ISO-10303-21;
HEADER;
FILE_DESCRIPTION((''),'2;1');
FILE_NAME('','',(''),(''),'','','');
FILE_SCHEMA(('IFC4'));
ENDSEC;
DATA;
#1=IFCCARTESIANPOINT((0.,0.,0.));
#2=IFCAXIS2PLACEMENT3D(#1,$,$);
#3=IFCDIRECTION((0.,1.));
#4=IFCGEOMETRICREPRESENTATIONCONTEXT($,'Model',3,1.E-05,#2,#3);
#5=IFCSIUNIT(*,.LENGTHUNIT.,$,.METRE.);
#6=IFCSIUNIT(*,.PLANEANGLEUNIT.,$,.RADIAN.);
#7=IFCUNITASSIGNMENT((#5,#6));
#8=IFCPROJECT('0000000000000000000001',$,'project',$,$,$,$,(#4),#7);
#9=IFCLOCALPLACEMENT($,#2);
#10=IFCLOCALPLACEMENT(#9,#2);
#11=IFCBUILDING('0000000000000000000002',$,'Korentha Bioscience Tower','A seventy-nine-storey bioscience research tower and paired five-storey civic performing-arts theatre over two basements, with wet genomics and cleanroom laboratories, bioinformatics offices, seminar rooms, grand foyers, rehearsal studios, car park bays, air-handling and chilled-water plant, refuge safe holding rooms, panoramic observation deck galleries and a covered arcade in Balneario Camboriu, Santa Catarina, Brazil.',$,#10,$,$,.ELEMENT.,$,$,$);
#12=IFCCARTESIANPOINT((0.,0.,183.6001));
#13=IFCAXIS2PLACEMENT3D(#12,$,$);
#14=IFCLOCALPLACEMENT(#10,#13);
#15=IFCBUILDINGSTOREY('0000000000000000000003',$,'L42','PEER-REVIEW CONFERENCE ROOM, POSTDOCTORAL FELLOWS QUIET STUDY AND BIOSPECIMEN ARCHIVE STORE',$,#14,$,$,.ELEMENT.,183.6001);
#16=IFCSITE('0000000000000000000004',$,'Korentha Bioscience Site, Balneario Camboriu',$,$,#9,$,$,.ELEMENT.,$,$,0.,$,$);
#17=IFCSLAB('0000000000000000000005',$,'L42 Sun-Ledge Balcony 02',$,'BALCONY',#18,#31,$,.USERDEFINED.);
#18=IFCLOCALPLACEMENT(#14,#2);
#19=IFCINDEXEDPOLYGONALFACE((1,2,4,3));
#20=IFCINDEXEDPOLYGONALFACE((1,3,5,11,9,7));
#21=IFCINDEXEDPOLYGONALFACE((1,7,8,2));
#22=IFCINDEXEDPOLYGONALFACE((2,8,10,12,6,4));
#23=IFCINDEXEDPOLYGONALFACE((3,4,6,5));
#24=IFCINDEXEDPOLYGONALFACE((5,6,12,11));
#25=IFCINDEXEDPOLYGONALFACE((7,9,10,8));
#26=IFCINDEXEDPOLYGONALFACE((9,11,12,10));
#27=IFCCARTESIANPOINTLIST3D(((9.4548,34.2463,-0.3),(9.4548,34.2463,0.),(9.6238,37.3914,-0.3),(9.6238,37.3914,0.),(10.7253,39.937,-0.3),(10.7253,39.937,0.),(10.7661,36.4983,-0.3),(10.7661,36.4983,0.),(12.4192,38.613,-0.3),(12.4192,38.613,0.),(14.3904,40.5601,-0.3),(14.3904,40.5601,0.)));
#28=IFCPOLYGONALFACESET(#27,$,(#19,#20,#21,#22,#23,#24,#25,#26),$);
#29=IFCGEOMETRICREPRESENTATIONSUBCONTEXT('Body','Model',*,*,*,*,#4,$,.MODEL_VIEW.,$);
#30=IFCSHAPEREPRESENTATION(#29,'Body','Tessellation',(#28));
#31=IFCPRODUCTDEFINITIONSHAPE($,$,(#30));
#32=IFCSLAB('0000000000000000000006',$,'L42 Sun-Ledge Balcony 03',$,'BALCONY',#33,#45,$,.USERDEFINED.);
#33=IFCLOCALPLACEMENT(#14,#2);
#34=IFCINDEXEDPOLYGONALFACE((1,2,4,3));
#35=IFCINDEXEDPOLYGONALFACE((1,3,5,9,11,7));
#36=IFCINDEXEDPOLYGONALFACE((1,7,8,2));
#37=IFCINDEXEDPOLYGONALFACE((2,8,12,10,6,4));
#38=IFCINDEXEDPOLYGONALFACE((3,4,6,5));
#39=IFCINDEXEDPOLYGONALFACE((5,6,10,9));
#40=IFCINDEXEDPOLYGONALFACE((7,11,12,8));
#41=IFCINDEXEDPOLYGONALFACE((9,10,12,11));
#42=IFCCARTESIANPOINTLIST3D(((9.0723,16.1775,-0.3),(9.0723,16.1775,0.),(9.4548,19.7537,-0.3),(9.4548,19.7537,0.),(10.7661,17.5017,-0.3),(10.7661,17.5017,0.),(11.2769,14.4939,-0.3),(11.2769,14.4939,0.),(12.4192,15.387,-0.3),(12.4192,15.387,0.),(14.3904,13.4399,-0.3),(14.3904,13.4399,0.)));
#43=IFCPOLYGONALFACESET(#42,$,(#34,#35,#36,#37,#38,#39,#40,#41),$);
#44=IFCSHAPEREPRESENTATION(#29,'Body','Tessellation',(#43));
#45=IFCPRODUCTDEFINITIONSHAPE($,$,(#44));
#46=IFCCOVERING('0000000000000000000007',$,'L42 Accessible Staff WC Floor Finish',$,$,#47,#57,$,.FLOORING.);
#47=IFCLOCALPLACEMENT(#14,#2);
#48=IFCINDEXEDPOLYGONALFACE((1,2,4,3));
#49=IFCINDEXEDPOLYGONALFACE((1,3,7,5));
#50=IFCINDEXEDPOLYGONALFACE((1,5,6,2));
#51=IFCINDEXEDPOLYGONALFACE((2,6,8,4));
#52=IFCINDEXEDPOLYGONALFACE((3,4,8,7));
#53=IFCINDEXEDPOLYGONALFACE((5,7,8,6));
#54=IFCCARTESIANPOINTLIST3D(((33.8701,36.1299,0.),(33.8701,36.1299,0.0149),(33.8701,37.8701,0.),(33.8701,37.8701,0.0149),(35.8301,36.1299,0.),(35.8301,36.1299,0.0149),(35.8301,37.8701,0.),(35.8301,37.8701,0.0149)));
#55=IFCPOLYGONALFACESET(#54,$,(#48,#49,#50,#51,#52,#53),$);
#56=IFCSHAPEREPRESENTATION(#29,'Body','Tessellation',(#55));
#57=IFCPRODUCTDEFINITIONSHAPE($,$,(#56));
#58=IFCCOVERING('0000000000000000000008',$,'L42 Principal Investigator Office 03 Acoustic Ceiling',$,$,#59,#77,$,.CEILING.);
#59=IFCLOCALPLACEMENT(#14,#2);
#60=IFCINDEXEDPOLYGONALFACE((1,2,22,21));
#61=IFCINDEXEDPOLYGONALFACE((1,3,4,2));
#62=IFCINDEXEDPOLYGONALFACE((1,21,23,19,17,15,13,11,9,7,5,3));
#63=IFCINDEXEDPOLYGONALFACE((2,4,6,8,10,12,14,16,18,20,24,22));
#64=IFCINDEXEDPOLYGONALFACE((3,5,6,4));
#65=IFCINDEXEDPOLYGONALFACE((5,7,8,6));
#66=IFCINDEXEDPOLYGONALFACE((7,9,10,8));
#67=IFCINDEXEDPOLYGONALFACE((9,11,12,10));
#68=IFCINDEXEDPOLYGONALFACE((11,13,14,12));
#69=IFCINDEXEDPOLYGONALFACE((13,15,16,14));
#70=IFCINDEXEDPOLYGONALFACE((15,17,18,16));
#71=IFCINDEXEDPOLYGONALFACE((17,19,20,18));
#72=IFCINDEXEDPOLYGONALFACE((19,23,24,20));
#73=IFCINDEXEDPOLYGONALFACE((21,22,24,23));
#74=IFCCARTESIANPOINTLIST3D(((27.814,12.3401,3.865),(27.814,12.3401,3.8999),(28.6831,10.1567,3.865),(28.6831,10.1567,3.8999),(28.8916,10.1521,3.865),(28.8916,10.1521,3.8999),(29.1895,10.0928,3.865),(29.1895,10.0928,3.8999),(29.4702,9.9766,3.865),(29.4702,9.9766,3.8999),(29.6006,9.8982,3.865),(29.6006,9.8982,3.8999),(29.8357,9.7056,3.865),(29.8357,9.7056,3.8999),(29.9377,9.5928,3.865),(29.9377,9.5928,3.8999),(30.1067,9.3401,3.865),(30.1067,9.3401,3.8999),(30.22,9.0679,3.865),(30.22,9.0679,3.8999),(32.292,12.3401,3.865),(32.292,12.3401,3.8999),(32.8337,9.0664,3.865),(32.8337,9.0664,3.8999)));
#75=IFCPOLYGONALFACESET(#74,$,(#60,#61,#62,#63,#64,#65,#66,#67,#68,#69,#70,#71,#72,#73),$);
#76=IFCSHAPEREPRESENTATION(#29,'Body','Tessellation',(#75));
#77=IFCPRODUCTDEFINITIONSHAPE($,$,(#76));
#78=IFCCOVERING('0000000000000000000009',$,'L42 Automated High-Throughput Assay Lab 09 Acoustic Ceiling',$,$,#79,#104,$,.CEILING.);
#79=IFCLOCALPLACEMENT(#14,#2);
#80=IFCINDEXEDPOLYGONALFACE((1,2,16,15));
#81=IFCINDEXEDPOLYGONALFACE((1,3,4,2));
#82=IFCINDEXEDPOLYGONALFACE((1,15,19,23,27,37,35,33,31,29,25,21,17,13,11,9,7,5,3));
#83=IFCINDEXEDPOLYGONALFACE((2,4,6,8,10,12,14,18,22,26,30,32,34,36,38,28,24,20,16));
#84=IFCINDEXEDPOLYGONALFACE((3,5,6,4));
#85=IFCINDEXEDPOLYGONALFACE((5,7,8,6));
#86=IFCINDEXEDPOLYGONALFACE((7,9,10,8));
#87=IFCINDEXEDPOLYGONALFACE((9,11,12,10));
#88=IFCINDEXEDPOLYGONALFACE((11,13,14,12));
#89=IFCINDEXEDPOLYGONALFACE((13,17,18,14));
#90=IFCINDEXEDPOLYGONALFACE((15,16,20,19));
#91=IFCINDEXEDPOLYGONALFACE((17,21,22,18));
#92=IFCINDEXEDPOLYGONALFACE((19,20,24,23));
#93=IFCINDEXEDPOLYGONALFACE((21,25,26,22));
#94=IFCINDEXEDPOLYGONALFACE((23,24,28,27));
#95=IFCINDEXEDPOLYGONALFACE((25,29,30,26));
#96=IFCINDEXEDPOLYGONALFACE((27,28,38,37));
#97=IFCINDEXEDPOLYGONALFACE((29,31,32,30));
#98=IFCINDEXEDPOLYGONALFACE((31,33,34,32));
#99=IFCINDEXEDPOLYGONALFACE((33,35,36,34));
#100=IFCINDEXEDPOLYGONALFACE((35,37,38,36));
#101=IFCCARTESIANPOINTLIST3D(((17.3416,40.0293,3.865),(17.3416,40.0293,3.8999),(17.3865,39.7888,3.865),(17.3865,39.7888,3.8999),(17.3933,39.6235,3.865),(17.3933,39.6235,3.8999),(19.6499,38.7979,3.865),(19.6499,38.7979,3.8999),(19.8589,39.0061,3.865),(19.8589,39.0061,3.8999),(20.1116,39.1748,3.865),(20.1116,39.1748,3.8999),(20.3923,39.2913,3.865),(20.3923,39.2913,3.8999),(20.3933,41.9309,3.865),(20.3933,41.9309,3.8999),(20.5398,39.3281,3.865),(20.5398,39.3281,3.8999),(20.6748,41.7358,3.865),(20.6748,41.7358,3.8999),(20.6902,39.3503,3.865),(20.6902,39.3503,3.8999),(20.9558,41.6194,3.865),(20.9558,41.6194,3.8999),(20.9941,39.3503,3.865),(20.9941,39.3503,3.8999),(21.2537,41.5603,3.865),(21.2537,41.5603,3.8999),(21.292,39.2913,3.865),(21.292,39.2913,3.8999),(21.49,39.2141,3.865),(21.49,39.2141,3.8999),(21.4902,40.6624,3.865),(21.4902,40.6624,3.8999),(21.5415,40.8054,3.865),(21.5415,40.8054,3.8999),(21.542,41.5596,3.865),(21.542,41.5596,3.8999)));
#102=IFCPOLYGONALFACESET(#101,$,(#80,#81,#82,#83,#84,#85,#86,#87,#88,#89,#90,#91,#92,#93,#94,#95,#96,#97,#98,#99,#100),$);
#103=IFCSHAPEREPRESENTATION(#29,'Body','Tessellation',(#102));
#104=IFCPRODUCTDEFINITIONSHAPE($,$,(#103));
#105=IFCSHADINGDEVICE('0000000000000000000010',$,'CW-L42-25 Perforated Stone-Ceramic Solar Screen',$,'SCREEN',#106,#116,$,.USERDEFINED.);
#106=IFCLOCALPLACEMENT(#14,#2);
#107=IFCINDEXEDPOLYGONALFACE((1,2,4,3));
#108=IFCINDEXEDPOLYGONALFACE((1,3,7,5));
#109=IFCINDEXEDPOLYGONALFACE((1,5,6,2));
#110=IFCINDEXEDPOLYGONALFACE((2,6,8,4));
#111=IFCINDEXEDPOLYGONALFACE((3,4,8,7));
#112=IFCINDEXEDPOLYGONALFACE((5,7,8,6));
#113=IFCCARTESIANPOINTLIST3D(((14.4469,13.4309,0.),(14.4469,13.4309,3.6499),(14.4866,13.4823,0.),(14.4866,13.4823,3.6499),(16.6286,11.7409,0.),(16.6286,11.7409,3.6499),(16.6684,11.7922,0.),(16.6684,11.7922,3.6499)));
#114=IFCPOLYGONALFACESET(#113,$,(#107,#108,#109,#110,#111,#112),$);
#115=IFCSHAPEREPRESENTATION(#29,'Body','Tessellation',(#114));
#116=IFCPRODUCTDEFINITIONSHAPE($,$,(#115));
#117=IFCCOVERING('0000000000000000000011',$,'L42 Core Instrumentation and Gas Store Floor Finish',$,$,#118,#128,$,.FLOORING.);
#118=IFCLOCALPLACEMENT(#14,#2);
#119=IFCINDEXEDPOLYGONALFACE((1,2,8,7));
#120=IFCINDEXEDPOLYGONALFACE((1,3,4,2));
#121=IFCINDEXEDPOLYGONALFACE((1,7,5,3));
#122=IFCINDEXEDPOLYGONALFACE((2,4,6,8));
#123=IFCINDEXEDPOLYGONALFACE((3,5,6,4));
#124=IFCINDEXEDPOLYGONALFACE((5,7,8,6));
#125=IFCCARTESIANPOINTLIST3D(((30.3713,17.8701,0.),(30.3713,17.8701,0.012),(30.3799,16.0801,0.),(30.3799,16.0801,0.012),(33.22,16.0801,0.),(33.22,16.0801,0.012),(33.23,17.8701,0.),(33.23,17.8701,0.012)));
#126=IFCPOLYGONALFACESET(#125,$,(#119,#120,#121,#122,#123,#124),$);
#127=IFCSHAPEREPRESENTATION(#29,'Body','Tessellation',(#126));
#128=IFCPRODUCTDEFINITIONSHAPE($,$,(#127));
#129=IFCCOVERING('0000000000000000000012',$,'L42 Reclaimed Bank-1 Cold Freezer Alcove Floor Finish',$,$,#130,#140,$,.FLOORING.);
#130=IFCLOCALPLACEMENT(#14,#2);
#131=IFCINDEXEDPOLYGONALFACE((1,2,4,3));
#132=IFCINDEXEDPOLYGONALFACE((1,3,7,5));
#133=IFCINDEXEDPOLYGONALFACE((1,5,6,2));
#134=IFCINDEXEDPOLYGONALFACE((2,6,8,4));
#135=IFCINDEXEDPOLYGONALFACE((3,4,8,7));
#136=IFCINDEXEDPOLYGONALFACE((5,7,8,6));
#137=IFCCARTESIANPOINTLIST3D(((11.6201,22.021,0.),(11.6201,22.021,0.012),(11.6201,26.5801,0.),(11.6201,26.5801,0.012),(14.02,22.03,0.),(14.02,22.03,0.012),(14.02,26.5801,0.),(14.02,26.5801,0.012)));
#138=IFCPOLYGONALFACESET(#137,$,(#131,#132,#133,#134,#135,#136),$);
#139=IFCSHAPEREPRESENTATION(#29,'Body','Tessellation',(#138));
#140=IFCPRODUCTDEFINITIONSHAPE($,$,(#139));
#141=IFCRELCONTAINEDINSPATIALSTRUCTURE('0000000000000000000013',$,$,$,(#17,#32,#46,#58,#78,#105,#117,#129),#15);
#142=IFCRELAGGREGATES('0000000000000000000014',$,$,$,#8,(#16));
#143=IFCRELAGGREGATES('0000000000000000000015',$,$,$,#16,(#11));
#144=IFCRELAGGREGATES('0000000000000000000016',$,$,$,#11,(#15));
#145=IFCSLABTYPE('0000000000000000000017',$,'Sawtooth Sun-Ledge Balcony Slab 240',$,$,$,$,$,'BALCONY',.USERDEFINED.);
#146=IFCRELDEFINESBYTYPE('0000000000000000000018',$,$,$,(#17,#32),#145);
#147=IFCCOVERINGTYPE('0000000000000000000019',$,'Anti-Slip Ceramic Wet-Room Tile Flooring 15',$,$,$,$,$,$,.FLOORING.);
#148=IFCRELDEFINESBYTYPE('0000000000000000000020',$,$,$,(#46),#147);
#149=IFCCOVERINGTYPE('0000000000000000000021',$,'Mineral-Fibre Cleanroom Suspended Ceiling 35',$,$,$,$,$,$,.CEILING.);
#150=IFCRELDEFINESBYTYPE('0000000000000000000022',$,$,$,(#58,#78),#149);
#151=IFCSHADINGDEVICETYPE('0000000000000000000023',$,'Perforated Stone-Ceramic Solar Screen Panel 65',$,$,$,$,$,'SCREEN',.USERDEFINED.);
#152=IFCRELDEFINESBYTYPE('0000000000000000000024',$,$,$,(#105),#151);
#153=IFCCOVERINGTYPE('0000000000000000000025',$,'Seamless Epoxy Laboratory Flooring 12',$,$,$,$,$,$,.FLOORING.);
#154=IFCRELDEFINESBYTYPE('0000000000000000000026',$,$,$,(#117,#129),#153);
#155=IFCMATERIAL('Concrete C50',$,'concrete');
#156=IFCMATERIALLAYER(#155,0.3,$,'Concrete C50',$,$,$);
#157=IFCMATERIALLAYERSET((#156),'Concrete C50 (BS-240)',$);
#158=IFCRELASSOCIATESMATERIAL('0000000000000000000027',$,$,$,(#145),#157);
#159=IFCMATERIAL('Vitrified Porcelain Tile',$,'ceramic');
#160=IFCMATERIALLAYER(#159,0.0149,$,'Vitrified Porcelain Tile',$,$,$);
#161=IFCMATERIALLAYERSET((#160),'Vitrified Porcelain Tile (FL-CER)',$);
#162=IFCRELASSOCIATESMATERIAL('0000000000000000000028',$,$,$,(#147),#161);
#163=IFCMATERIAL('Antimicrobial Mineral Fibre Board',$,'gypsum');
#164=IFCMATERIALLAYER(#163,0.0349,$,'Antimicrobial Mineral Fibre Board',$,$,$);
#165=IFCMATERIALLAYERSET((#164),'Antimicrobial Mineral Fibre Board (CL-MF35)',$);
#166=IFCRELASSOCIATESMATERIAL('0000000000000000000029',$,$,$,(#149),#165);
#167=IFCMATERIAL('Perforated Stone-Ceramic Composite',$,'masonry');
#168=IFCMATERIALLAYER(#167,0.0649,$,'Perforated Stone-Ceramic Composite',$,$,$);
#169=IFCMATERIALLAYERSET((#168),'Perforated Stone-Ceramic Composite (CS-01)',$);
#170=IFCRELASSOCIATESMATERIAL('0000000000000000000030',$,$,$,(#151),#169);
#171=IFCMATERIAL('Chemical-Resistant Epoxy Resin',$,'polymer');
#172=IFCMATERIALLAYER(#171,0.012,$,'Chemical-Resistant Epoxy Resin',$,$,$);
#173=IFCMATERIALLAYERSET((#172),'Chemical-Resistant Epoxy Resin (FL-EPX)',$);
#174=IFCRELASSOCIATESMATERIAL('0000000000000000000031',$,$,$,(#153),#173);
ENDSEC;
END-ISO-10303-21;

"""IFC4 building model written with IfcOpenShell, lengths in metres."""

from ifc_helpers import new_model, si_unit, direction, frame, origin, origin_2d, place, context, subcontext, project, spatial, polyline, rectangle, outline, extrude, material, layer, layer_set, type_object, element, save


model = new_model("IFC4")

# Units and contexts
model_context = context("Model", 3, precision=1e-05, world=origin(), true_north=direction((0.0, 1.0)))
body_context = subcontext(model_context, "Body", "Model", "MODEL_VIEW")
ifc_project = project(units=[si_unit("LENGTHUNIT", "METRE"), si_unit("PLANEANGLEUNIT", "RADIAN")], contexts=[model_context])

# Site, building, storey
site_placement = place(None, origin())
site = spatial("IfcSite", under=ifc_project, at=site_placement, Name="Korentha Bioscience Site, Balneario Camboriu", CompositionType="ELEMENT", RefElevation=0.0)
building_placement = place(site_placement, origin())
building = spatial("IfcBuilding", under=site, at=building_placement, Name="Korentha Bioscience Tower", Description="A seventy-nine-storey bioscience research tower and paired five-storey civic performing-arts theatre over two basements, with wet genomics and cleanroom laboratories, bioinformatics offices, seminar rooms, grand foyers, rehearsal studios, car park bays, air-handling and chilled-water plant, refuge safe holding rooms, panoramic observation deck galleries and a covered arcade in Balneario Camboriu, Santa Catarina, Brazil.", CompositionType="ELEMENT")
storey_placement = place(building_placement, frame((0.0, 0.0, 183.6001)))
storey = spatial("IfcBuildingStorey", under=building, at=storey_placement, Name="L42", Description="PEER-REVIEW CONFERENCE ROOM, POSTDOCTORAL FELLOWS QUIET STUDY AND BIOSPECIMEN ARCHIVE STORE", CompositionType="ELEMENT", Elevation=183.6001)

# Shared definitions
ifc_material_1 = material(Name="Concrete C50", Category="concrete")

# Slabs
ifc_layer_1 = layer(ifc_material_1, 0.3, Name="Concrete C50")
ifc_layer_set_1 = layer_set([ifc_layer_1], Name="Concrete C50 (BS-240)")
slab_type_1 = type_object("IfcSlabType", Name="Sawtooth Sun-Ledge Balcony Slab 240", ElementType="BALCONY", PredefinedType="USERDEFINED", material=ifc_layer_set_1)
slab_1_placement = place(storey_placement, frame((0.0, 0.0, -0.3)))
element("IfcSlab", 1, at=slab_1_placement, inside=storey, type_object=slab_type_1, Name="L42 Sun-Ledge Balcony 02", ObjectType="BALCONY", PredefinedType="USERDEFINED", context=body_context, shape_type="SweptSolid", body=[
    extrude(outline(polyline([(9.4548, 34.2463), (10.7661, 36.4983), (12.4192, 38.613), (14.3904, 40.5601), (10.7253, 39.937), (9.6238, 37.3914), (9.4548, 34.2463)])), origin(), (0.0, 0.0, 1.0), 0.3),
])
slab_2_placement = place(storey_placement, frame((0.0, 0.0, -0.3)))
element("IfcSlab", 2, at=slab_2_placement, inside=storey, type_object=slab_type_1, Name="L42 Sun-Ledge Balcony 03", ObjectType="BALCONY", PredefinedType="USERDEFINED", context=body_context, shape_type="SweptSolid", body=[
    extrude(outline(polyline([(14.3904, 13.4399), (12.4192, 15.387), (10.7661, 17.5017), (9.4548, 19.7537), (9.0723, 16.1775), (11.2769, 14.4939), (14.3904, 13.4399)])), origin(), (0.0, 0.0, 1.0), 0.3),
])

# Coverings
ifc_material_2 = material(Name="Vitrified Porcelain Tile", Category="ceramic")
ifc_layer_2 = layer(ifc_material_2, 0.0149, Name="Vitrified Porcelain Tile")
ifc_layer_set_2 = layer_set([ifc_layer_2], Name="Vitrified Porcelain Tile (FL-CER)")
covering_type_1 = type_object("IfcCoveringType", Name="Anti-Slip Ceramic Wet-Room Tile Flooring 15", PredefinedType="FLOORING", material=ifc_layer_set_2)
covering_1_placement = place(storey_placement, origin())
element("IfcCovering", 3, at=covering_1_placement, inside=storey, type_object=covering_type_1, Name="L42 Accessible Staff WC Floor Finish", PredefinedType="FLOORING", context=body_context, shape_type="SweptSolid", body=[
    extrude(outline(polyline([(33.8701, 36.1299), (33.8701, 37.8701), (35.8301, 37.8701), (35.8301, 36.1299), (33.8701, 36.1299)])), origin(), (0.0, 0.0, 1.0), 0.0149),
])
ifc_material_3 = material(Name="Antimicrobial Mineral Fibre Board", Category="gypsum")
ifc_layer_3 = layer(ifc_material_3, 0.0349, Name="Antimicrobial Mineral Fibre Board")
ifc_layer_set_3 = layer_set([ifc_layer_3], Name="Antimicrobial Mineral Fibre Board (CL-MF35)")
covering_type_2 = type_object("IfcCoveringType", Name="Mineral-Fibre Cleanroom Suspended Ceiling 35", PredefinedType="CEILING", material=ifc_layer_set_3)
covering_2_placement = place(storey_placement, frame((0.0, 0.0, 3.865)))
element("IfcCovering", 4, at=covering_2_placement, inside=storey, type_object=covering_type_2, Name="L42 Principal Investigator Office 03 Acoustic Ceiling", PredefinedType="CEILING", context=body_context, shape_type="SweptSolid", body=[
    extrude(outline(polyline([(32.8337, 9.0664), (30.22, 9.0679), (30.1067, 9.3401), (29.9377, 9.5928), (29.8357, 9.7056), (29.6006, 9.8982), (29.4702, 9.9766), (29.1895, 10.0928), (28.8916, 10.1521), (28.6831, 10.1567), (27.814, 12.3401), (32.292, 12.3401), (32.8337, 9.0664)])), origin(), (0.0, 0.0, 1.0), 0.0349),
])
covering_3_placement = place(storey_placement, frame((0.0, 0.0, 3.865)))
element("IfcCovering", 5, at=covering_3_placement, inside=storey, type_object=covering_type_2, Name="L42 Automated High-Throughput Assay Lab 09 Acoustic Ceiling", PredefinedType="CEILING", context=body_context, shape_type="SweptSolid", body=[
    extrude(outline(polyline([(21.5415, 40.8054), (21.4902, 40.6624), (21.49, 39.2141), (21.292, 39.2913), (20.9941, 39.3503), (20.6902, 39.3503), (20.5398, 39.3281), (20.3923, 39.2913), (20.1116, 39.1748), (19.8589, 39.0061), (19.6499, 38.7979), (17.3933, 39.6235), (17.3865, 39.7888), (17.3416, 40.0293), (20.3933, 41.9309), (20.6748, 41.7358), (20.9558, 41.6194), (21.2537, 41.5603), (21.542, 41.5596), (21.5415, 40.8054)])), origin(), (0.0, 0.0, 1.0), 0.0349),
])

# Shading device
ifc_material_4 = material(Name="Perforated Stone-Ceramic Composite", Category="masonry")
ifc_layer_4 = layer(ifc_material_4, 0.0649, Name="Perforated Stone-Ceramic Composite")
ifc_layer_set_4 = layer_set([ifc_layer_4], Name="Perforated Stone-Ceramic Composite (CS-01)")
shading_device_type_1 = type_object("IfcShadingDeviceType", Name="Perforated Stone-Ceramic Solar Screen Panel 65", ElementType="SCREEN", PredefinedType="USERDEFINED", material=ifc_layer_set_4)
shading_device_1_placement = place(storey_placement, frame((15.5576, 12.6116, 0.0), z_axis=(0.0, 0.0, 1.0), x_axis=(0.790547, -0.612402, 0.0)))
element("IfcShadingDevice", 6, at=shading_device_1_placement, inside=storey, type_object=shading_device_type_1, Name="CW-L42-25 Perforated Stone-Ceramic Solar Screen", ObjectType="SCREEN", PredefinedType="USERDEFINED", context=body_context, shape_type="SweptSolid", body=[
    extrude(rectangle(XDim=2.7598, YDim=0.0649, at=origin_2d()), origin(), (0.0, 0.0, 1.0), 3.6499),
])

# Coverings
ifc_material_5 = material(Name="Chemical-Resistant Epoxy Resin", Category="polymer")
ifc_layer_5 = layer(ifc_material_5, 0.012, Name="Chemical-Resistant Epoxy Resin")
ifc_layer_set_5 = layer_set([ifc_layer_5], Name="Chemical-Resistant Epoxy Resin (FL-EPX)")
covering_type_3 = type_object("IfcCoveringType", Name="Seamless Epoxy Laboratory Flooring 12", PredefinedType="FLOORING", material=ifc_layer_set_5)
covering_4_placement = place(storey_placement, origin())
element("IfcCovering", 7, at=covering_4_placement, inside=storey, type_object=covering_type_3, Name="L42 Core Instrumentation and Gas Store Floor Finish", PredefinedType="FLOORING", context=body_context, shape_type="SweptSolid", body=[
    extrude(outline(polyline([(33.23, 17.8701), (33.22, 16.0801), (30.3799, 16.0801), (30.3713, 17.8701), (33.23, 17.8701)])), origin(), (0.0, 0.0, 1.0), 0.012),
])
covering_5_placement = place(storey_placement, origin())
element("IfcCovering", 8, at=covering_5_placement, inside=storey, type_object=covering_type_3, Name="L42 Reclaimed Bank-1 Cold Freezer Alcove Floor Finish", PredefinedType="FLOORING", context=body_context, shape_type="SweptSolid", body=[
    extrude(outline(polyline([(14.02, 22.03), (11.6201, 22.021), (11.6201, 26.5801), (14.02, 26.5801), (14.02, 22.03)])), origin(), (0.0, 0.0, 1.0), 0.012),
])

save(model, "model.ifc")
